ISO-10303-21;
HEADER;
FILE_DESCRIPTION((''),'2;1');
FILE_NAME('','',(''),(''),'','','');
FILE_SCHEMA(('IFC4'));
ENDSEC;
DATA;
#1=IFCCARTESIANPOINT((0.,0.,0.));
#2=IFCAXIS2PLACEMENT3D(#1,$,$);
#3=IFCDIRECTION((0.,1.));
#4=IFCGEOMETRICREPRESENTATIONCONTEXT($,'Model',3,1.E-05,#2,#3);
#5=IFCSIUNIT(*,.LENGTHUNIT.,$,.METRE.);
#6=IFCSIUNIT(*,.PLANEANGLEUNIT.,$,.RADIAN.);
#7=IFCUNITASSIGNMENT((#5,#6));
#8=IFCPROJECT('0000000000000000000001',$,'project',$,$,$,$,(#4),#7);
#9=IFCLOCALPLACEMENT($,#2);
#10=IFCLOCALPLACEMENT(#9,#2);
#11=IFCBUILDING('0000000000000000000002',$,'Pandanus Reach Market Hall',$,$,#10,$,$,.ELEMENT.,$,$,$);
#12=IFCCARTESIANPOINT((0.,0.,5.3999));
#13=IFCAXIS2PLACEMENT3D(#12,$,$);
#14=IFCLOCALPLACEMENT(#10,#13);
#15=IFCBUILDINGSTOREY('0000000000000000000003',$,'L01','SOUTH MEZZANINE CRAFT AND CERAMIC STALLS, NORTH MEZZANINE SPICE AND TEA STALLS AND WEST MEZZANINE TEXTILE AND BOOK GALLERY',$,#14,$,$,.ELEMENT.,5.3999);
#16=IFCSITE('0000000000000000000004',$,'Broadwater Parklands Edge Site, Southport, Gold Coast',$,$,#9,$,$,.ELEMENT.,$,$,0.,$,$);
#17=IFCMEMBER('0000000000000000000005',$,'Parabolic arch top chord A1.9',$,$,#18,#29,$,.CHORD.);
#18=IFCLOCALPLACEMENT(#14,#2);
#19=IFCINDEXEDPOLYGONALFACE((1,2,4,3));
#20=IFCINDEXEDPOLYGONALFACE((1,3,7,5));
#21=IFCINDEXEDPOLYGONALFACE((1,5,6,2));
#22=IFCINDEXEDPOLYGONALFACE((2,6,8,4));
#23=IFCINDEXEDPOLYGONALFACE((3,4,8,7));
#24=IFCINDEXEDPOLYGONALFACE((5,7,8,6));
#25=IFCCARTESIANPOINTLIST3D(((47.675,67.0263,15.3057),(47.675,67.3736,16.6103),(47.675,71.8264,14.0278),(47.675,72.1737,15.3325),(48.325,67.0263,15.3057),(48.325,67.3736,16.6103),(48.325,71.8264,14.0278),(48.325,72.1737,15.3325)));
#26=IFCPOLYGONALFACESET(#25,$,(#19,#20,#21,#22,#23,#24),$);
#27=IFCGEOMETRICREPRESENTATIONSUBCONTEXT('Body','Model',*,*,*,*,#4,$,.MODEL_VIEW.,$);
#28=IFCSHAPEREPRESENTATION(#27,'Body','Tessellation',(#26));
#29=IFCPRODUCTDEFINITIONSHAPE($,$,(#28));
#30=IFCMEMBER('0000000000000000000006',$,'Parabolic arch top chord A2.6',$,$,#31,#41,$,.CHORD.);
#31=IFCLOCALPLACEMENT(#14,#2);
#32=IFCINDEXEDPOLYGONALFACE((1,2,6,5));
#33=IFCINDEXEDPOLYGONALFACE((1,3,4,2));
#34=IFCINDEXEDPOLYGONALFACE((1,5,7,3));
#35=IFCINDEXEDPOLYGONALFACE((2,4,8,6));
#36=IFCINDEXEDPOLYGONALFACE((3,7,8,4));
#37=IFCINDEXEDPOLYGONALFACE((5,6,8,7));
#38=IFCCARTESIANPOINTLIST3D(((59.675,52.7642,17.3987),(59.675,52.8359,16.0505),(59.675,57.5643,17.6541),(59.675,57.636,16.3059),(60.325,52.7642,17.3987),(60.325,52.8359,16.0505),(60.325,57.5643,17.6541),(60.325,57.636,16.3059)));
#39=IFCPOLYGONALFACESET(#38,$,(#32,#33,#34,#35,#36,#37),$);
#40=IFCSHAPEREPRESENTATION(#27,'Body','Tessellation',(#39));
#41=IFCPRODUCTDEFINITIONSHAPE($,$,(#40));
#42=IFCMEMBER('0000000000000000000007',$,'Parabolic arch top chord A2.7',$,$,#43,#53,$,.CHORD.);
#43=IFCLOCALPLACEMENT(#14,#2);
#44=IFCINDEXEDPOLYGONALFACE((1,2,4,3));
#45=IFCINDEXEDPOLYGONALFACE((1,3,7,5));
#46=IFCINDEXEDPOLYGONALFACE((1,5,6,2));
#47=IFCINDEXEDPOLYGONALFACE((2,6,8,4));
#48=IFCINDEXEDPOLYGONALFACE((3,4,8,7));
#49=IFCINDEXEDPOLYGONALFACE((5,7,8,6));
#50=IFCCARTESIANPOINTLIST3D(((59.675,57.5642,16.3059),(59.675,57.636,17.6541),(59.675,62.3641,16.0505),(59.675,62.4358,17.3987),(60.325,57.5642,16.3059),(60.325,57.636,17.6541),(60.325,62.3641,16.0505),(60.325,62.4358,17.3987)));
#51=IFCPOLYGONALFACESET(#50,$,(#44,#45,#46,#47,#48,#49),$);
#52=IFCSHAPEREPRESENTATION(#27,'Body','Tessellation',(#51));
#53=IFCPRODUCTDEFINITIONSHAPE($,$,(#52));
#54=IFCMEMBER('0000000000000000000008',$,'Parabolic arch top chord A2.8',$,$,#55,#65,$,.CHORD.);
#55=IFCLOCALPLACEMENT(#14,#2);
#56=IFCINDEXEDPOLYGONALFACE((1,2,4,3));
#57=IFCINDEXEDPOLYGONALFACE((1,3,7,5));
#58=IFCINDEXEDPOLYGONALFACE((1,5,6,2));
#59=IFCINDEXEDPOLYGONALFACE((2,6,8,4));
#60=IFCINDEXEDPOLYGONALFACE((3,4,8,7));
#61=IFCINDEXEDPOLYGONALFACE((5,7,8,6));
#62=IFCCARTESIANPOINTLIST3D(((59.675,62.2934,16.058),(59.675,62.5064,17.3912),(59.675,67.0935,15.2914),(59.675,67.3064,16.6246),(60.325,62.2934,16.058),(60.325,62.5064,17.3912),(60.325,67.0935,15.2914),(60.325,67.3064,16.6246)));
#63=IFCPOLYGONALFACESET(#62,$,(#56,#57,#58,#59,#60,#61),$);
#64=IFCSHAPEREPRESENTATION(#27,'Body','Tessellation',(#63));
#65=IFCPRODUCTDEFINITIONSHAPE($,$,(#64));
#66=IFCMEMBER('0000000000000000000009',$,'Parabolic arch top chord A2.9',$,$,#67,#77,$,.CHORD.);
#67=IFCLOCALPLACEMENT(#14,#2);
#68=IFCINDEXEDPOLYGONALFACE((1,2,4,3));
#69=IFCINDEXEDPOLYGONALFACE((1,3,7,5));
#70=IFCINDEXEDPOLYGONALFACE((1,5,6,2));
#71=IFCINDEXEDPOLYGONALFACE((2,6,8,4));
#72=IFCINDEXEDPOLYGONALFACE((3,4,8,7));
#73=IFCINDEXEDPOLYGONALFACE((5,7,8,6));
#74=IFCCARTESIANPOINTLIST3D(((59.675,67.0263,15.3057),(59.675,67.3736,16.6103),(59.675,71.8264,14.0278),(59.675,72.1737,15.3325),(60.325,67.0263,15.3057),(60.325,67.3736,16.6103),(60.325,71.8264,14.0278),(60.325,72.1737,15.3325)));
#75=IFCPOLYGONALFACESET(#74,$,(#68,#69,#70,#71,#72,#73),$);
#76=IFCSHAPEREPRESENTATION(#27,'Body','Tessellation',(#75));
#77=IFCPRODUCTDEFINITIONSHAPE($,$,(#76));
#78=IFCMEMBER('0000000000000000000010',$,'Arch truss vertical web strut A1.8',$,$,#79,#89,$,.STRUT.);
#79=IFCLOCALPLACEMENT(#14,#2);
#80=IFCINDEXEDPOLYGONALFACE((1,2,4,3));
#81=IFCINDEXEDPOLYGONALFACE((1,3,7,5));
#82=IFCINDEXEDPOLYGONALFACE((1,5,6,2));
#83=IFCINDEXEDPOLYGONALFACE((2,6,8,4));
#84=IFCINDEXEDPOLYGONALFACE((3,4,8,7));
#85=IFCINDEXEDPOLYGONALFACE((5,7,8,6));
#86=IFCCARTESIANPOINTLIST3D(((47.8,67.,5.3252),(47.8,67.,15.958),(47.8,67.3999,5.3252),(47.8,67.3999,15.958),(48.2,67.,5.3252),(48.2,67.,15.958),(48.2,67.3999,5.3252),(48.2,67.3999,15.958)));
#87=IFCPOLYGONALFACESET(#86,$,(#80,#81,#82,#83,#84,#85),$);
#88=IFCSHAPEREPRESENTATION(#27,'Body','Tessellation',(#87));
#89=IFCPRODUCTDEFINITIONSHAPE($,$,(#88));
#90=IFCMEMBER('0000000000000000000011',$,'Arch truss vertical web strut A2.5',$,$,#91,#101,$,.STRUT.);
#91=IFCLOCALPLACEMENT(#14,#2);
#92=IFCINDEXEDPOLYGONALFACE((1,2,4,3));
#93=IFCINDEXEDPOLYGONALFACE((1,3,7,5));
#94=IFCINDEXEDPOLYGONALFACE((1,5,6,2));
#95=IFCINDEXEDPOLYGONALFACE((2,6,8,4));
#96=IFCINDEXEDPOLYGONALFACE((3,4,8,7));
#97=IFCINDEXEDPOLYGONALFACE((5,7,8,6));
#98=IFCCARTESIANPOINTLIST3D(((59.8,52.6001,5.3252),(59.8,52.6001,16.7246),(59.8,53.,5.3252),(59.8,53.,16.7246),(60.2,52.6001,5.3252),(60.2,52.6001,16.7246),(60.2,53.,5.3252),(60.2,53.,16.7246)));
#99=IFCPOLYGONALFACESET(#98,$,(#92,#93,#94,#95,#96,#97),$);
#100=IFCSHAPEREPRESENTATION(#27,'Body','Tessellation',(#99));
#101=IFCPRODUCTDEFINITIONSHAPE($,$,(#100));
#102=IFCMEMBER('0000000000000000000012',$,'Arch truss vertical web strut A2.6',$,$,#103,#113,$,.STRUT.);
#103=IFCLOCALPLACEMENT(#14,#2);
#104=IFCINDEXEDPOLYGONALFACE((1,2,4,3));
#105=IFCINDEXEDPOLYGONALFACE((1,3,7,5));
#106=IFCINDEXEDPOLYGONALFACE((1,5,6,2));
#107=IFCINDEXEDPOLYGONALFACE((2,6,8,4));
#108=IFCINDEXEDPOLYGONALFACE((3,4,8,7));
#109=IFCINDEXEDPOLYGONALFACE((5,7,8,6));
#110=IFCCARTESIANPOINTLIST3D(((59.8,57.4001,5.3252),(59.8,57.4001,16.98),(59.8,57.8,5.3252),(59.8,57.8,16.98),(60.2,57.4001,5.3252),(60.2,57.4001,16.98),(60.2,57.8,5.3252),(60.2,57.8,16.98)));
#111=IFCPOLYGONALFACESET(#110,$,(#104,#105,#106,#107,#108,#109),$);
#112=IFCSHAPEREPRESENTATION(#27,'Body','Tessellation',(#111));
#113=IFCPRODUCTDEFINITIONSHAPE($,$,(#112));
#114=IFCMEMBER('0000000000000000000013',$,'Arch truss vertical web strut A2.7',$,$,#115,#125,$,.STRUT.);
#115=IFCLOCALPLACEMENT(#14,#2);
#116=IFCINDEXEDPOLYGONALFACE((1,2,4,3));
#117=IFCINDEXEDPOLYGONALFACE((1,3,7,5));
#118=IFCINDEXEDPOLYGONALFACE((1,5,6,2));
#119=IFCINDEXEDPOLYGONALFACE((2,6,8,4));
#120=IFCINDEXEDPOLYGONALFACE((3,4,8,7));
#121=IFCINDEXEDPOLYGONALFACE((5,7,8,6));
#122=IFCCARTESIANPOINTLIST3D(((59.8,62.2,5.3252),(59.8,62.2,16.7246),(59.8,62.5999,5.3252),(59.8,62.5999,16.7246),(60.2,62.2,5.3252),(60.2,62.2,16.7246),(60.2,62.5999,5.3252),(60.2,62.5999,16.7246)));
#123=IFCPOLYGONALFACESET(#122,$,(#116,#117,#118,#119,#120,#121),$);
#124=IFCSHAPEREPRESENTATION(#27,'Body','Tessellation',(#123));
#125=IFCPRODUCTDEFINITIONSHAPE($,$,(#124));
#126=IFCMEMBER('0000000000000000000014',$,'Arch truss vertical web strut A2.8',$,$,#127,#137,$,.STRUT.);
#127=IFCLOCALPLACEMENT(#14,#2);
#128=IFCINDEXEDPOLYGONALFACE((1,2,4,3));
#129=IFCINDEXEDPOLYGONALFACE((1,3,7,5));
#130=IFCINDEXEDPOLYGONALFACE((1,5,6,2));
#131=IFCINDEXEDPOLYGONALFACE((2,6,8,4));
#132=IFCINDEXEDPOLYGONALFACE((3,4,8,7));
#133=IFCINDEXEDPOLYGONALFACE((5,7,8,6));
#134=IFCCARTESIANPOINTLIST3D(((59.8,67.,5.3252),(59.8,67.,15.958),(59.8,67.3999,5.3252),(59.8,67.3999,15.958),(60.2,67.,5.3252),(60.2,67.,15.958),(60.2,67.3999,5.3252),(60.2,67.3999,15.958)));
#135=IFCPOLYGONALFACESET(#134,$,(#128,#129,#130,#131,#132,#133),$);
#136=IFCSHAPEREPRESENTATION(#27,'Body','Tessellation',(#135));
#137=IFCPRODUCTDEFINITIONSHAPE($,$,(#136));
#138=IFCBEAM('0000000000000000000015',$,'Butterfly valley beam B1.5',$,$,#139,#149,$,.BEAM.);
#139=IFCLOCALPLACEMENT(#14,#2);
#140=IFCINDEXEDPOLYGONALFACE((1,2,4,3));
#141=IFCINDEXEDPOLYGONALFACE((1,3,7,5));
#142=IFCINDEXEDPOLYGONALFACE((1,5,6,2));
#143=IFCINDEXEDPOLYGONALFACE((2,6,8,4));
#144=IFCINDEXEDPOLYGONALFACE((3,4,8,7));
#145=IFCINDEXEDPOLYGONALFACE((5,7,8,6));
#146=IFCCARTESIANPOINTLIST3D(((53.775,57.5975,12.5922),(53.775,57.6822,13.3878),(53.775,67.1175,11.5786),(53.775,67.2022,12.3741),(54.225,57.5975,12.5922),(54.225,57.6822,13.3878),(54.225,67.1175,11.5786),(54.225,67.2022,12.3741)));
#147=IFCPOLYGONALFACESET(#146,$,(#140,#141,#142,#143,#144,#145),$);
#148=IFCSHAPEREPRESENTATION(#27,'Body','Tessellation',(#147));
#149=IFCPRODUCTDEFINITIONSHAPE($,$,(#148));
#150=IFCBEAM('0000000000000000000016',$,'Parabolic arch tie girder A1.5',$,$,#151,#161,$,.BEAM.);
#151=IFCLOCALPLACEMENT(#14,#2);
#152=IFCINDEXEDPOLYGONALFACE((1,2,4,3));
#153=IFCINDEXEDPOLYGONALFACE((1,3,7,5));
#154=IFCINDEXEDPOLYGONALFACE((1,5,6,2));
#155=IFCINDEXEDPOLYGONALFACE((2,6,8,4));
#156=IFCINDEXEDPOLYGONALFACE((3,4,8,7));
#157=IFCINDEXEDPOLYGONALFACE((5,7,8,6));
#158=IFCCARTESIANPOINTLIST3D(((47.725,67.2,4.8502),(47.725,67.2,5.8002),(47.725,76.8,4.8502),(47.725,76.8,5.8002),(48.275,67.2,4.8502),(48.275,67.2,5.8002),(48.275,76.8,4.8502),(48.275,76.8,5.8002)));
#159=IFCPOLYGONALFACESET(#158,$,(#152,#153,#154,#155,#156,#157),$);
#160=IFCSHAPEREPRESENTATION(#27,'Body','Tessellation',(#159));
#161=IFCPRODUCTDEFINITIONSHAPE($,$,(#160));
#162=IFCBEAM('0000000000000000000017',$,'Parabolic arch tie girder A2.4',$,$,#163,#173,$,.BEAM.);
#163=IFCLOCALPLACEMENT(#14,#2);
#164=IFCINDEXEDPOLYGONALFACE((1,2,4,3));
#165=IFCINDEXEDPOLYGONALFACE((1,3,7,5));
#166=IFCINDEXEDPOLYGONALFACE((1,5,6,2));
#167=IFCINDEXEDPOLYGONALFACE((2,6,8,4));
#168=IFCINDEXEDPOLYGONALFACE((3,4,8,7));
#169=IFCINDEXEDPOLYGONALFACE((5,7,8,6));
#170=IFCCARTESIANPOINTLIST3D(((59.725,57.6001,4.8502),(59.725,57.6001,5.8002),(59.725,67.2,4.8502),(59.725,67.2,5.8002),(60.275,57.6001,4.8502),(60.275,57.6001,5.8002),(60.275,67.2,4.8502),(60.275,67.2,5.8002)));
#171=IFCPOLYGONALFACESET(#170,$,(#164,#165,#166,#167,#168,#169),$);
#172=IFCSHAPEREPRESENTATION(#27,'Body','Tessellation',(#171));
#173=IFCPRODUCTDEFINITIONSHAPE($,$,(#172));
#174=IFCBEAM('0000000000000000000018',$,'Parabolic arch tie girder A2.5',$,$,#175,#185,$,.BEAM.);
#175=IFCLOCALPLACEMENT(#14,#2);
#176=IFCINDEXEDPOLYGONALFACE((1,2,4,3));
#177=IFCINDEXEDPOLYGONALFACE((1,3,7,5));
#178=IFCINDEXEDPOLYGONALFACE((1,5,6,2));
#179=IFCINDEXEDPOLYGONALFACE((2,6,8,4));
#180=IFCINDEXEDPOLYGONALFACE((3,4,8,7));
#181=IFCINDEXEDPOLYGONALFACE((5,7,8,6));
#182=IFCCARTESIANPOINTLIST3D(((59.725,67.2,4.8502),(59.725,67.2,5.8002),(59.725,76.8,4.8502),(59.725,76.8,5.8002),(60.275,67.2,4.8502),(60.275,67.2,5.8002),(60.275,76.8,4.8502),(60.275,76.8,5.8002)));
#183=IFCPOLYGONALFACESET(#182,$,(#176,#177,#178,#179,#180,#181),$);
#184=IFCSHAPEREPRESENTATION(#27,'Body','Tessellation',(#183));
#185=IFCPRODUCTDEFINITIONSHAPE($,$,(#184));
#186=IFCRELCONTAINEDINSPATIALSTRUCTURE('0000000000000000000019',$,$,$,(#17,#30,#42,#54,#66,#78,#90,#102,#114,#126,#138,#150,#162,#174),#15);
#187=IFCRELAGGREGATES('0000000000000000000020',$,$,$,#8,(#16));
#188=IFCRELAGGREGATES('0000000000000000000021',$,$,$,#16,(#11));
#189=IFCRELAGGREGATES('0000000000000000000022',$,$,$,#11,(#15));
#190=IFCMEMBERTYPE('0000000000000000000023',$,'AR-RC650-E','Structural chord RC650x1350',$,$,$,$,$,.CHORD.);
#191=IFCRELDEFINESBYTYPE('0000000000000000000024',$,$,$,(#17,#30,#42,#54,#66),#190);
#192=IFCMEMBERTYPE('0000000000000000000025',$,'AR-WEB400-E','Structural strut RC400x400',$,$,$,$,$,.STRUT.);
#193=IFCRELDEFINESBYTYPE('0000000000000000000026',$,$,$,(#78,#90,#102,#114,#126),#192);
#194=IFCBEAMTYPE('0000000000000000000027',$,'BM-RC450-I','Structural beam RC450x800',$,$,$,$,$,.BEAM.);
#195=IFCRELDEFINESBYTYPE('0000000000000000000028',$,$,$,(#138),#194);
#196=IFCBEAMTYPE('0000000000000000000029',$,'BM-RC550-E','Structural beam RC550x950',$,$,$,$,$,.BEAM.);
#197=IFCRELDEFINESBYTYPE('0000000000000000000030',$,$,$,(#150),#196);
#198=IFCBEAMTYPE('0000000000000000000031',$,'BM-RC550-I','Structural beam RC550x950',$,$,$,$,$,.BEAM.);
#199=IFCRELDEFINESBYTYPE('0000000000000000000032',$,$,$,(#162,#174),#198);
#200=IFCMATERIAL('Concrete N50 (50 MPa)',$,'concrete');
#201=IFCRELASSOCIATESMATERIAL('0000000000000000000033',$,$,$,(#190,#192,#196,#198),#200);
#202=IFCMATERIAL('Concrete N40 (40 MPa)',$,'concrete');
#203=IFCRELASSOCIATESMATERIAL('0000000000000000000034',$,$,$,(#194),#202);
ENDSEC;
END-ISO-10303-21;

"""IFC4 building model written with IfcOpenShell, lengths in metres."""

from ifc_helpers import new_model, si_unit, direction, frame, origin, origin_2d, place, context, subcontext, project, spatial, rectangle, extrude, material, material_profile, profile_set, type_object, element, save


model = new_model("IFC4")

# Units and contexts
model_context = context("Model", 3, precision=1e-05, world=origin(), true_north=direction((0.0, 1.0)))
body_context = subcontext(model_context, "Body", "Model", "MODEL_VIEW")
ifc_project = project(units=[si_unit("LENGTHUNIT", "METRE"), si_unit("PLANEANGLEUNIT", "RADIAN")], contexts=[model_context])

# Site, building, storey
site_placement = place(None, origin())
site = spatial("IfcSite", under=ifc_project, at=site_placement, Name="Broadwater Parklands Edge Site, Southport, Gold Coast", CompositionType="ELEMENT", RefElevation=0.0)
building_placement = place(site_placement, origin())
building = spatial("IfcBuilding", under=site, at=building_placement, Name="Pandanus Reach Market Hall", CompositionType="ELEMENT")
storey_placement = place(building_placement, frame((0.0, 0.0, 5.3999)))
storey = spatial("IfcBuildingStorey", under=building, at=storey_placement, Name="L01", Description="SOUTH MEZZANINE CRAFT AND CERAMIC STALLS, NORTH MEZZANINE SPICE AND TEA STALLS AND WEST MEZZANINE TEXTILE AND BOOK GALLERY", CompositionType="ELEMENT", Elevation=5.3999)

# Members
ifc_material_1 = material(Name="Concrete N50 (50 MPa)", Category="concrete")
ifc_material_profile_1 = material_profile(ifc_material_1, rectangle(XDim=0.6499, YDim=1.3501, at=origin_2d()), Name="RC650x1350", Category="LoadBearing")
ifc_profile_set_1 = profile_set([ifc_material_profile_1], Name="Concrete N50 (50 MPa)")
member_type_1 = type_object("IfcMemberType", Name="AR-RC650-E", Description="Structural chord RC650x1350", PredefinedType="CHORD", material=ifc_profile_set_1)
member_1_placement = place(storey_placement, frame((48.0, 67.2, 15.958), z_axis=(0.0, 0.966344, -0.257253), x_axis=(-1.0, 0.0, 0.0)))
element("IfcMember", 1, at=member_1_placement, inside=storey, type_object=member_type_1, Name="Parabolic arch top chord A1.9", PredefinedType="CHORD", context=body_context, shape_type="SweptSolid", body=[
    extrude(rectangle(XDim=0.6499, YDim=1.3501, at=origin_2d()), origin(), (0.0, 0.0, 1.0), 4.9673),
])
member_2_placement = place(storey_placement, frame((60.0, 52.8, 16.7246), z_axis=(0.0, 0.998588, 0.053127), x_axis=(-1.0, 0.0, 0.0)))
element("IfcMember", 2, at=member_2_placement, inside=storey, type_object=member_type_1, Name="Parabolic arch top chord A2.6", PredefinedType="CHORD", context=body_context, shape_type="SweptSolid", body=[
    extrude(rectangle(XDim=0.6499, YDim=1.3501, at=origin_2d()), origin(), (0.0, 0.0, 1.0), 4.8069),
])
member_3_placement = place(storey_placement, frame((60.0, 57.6001, 16.98), z_axis=(0.0, 0.998588, -0.053129), x_axis=(-1.0, 0.0, 0.0)))
element("IfcMember", 3, at=member_3_placement, inside=storey, type_object=member_type_1, Name="Parabolic arch top chord A2.7", PredefinedType="CHORD", context=body_context, shape_type="SweptSolid", body=[
    extrude(rectangle(XDim=0.6499, YDim=1.3501, at=origin_2d()), origin(), (0.0, 0.0, 1.0), 4.8066),
])
member_4_placement = place(storey_placement, frame((60.0, 62.3999, 16.7246), z_axis=(0.0, 0.987486, -0.157708), x_axis=(-1.0, 0.0, 0.0)))
element("IfcMember", 4, at=member_4_placement, inside=storey, type_object=member_type_1, Name="Parabolic arch top chord A2.8", PredefinedType="CHORD", context=body_context, shape_type="SweptSolid", body=[
    extrude(rectangle(XDim=0.6499, YDim=1.3501, at=origin_2d()), origin(), (0.0, 0.0, 1.0), 4.8608),
])
member_5_placement = place(storey_placement, frame((60.0, 67.2, 15.958), z_axis=(0.0, 0.966344, -0.257253), x_axis=(-1.0, 0.0, 0.0)))
element("IfcMember", 5, at=member_5_placement, inside=storey, type_object=member_type_1, Name="Parabolic arch top chord A2.9", PredefinedType="CHORD", context=body_context, shape_type="SweptSolid", body=[
    extrude(rectangle(XDim=0.6499, YDim=1.3501, at=origin_2d()), origin(), (0.0, 0.0, 1.0), 4.9673),
])
ifc_material_profile_2 = material_profile(ifc_material_1, rectangle(XDim=0.3999, YDim=0.3999, at=origin_2d()), Name="RC400x400", Category="LoadBearing")
ifc_profile_set_2 = profile_set([ifc_material_profile_2], Name="Concrete N50 (50 MPa)")
member_type_2 = type_object("IfcMemberType", Name="AR-WEB400-E", Description="Structural strut RC400x400", PredefinedType="STRUT", material=ifc_profile_set_2)
member_6_placement = place(storey_placement, frame((48.0, 67.2, 5.3252), z_axis=(0.0, 0.0, 1.0), x_axis=(1.0, 0.0, 0.0)))
element("IfcMember", 6, at=member_6_placement, inside=storey, type_object=member_type_2, Name="Arch truss vertical web strut A1.8", PredefinedType="STRUT", context=body_context, shape_type="SweptSolid", body=[
    extrude(rectangle(XDim=0.3999, YDim=0.3999, at=origin_2d()), origin(), (0.0, 0.0, 1.0), 10.6328),
])
member_7_placement = place(storey_placement, frame((60.0, 52.8, 5.3252), z_axis=(0.0, 0.0, 1.0), x_axis=(1.0, 0.0, 0.0)))
element("IfcMember", 7, at=member_7_placement, inside=storey, type_object=member_type_2, Name="Arch truss vertical web strut A2.5", PredefinedType="STRUT", context=body_context, shape_type="SweptSolid", body=[
    extrude(rectangle(XDim=0.3999, YDim=0.3999, at=origin_2d()), origin(), (0.0, 0.0, 1.0), 11.3994),
])
member_8_placement = place(storey_placement, frame((60.0, 57.6001, 5.3252), z_axis=(0.0, 0.0, 1.0), x_axis=(1.0, 0.0, 0.0)))
element("IfcMember", 8, at=member_8_placement, inside=storey, type_object=member_type_2, Name="Arch truss vertical web strut A2.6", PredefinedType="STRUT", context=body_context, shape_type="SweptSolid", body=[
    extrude(rectangle(XDim=0.3999, YDim=0.3999, at=origin_2d()), origin(), (0.0, 0.0, 1.0), 11.6548),
])
member_9_placement = place(storey_placement, frame((60.0, 62.3999, 5.3252), z_axis=(0.0, 0.0, 1.0), x_axis=(1.0, 0.0, 0.0)))
element("IfcMember", 9, at=member_9_placement, inside=storey, type_object=member_type_2, Name="Arch truss vertical web strut A2.7", PredefinedType="STRUT", context=body_context, shape_type="SweptSolid", body=[
    extrude(rectangle(XDim=0.3999, YDim=0.3999, at=origin_2d()), origin(), (0.0, 0.0, 1.0), 11.3994),
])
member_10_placement = place(storey_placement, frame((60.0, 67.2, 5.3252), z_axis=(0.0, 0.0, 1.0), x_axis=(1.0, 0.0, 0.0)))
element("IfcMember", 10, at=member_10_placement, inside=storey, type_object=member_type_2, Name="Arch truss vertical web strut A2.8", PredefinedType="STRUT", context=body_context, shape_type="SweptSolid", body=[
    extrude(rectangle(XDim=0.3999, YDim=0.3999, at=origin_2d()), origin(), (0.0, 0.0, 1.0), 10.6328),
])

# Beams
ifc_material_2 = material(Name="Concrete N40 (40 MPa)", Category="concrete")
ifc_material_profile_3 = material_profile(ifc_material_2, rectangle(XDim=0.45, YDim=0.8, at=origin_2d()), Name="RC450x800", Category="LoadBearing")
ifc_profile_set_3 = profile_set([ifc_material_profile_3], Name="Concrete N40 (40 MPa)")
beam_type_1 = type_object("IfcBeamType", Name="BM-RC450-I", Description="Structural beam RC450x800", PredefinedType="BEAM", material=ifc_profile_set_3)
beam_1_placement = place(storey_placement, frame((54.0, 57.6399, 12.99), z_axis=(0.0, 0.994379, -0.105879), x_axis=(-1.0, 0.0, 0.0)))
element("IfcBeam", 11, at=beam_1_placement, inside=storey, type_object=beam_type_1, Name="Butterfly valley beam B1.5", PredefinedType="BEAM", context=body_context, shape_type="SweptSolid", body=[
    extrude(rectangle(XDim=0.45, YDim=0.8, at=origin_2d()), origin(), (0.0, 0.0, 1.0), 9.5737),
])
ifc_material_profile_4 = material_profile(ifc_material_1, rectangle(XDim=0.55, YDim=0.95, at=origin_2d()), Name="RC550x950", Category="LoadBearing")
ifc_profile_set_4 = profile_set([ifc_material_profile_4], Name="Concrete N50 (50 MPa)")
beam_type_2 = type_object("IfcBeamType", Name="BM-RC550-E", Description="Structural beam RC550x950", PredefinedType="BEAM", material=ifc_profile_set_4)
beam_2_placement = place(storey_placement, frame((48.0, 67.2, 5.3252), z_axis=(0.0, 1.0, 0.0), x_axis=(-1.0, 0.0, 0.0)))
element("IfcBeam", 12, at=beam_2_placement, inside=storey, type_object=beam_type_2, Name="Parabolic arch tie girder A1.5", PredefinedType="BEAM", context=body_context, shape_type="SweptSolid", body=[
    extrude(rectangle(XDim=0.55, YDim=0.95, at=origin_2d()), origin(), (0.0, 0.0, 1.0), 9.6001),
])
ifc_material_profile_5 = material_profile(ifc_material_1, rectangle(XDim=0.55, YDim=0.95, at=origin_2d()), Name="RC550x950", Category="LoadBearing")
ifc_profile_set_5 = profile_set([ifc_material_profile_5], Name="Concrete N50 (50 MPa)")
beam_type_3 = type_object("IfcBeamType", Name="BM-RC550-I", Description="Structural beam RC550x950", PredefinedType="BEAM", material=ifc_profile_set_5)
beam_3_placement = place(storey_placement, frame((60.0, 57.6001, 5.3252), z_axis=(0.0, 1.0, 0.0), x_axis=(-1.0, 0.0, 0.0)))
element("IfcBeam", 13, at=beam_3_placement, inside=storey, type_object=beam_type_3, Name="Parabolic arch tie girder A2.4", PredefinedType="BEAM", context=body_context, shape_type="SweptSolid", body=[
    extrude(rectangle(XDim=0.55, YDim=0.95, at=origin_2d()), origin(), (0.0, 0.0, 1.0), 9.5999),
])
beam_4_placement = place(storey_placement, frame((60.0, 67.2, 5.3252), z_axis=(0.0, 1.0, 0.0), x_axis=(-1.0, 0.0, 0.0)))
element("IfcBeam", 14, at=beam_4_placement, inside=storey, type_object=beam_type_3, Name="Parabolic arch tie girder A2.5", PredefinedType="BEAM", context=body_context, shape_type="SweptSolid", body=[
    extrude(rectangle(XDim=0.55, YDim=0.95, at=origin_2d()), origin(), (0.0, 0.0, 1.0), 9.6001),
])

save(model, "model.ifc")
